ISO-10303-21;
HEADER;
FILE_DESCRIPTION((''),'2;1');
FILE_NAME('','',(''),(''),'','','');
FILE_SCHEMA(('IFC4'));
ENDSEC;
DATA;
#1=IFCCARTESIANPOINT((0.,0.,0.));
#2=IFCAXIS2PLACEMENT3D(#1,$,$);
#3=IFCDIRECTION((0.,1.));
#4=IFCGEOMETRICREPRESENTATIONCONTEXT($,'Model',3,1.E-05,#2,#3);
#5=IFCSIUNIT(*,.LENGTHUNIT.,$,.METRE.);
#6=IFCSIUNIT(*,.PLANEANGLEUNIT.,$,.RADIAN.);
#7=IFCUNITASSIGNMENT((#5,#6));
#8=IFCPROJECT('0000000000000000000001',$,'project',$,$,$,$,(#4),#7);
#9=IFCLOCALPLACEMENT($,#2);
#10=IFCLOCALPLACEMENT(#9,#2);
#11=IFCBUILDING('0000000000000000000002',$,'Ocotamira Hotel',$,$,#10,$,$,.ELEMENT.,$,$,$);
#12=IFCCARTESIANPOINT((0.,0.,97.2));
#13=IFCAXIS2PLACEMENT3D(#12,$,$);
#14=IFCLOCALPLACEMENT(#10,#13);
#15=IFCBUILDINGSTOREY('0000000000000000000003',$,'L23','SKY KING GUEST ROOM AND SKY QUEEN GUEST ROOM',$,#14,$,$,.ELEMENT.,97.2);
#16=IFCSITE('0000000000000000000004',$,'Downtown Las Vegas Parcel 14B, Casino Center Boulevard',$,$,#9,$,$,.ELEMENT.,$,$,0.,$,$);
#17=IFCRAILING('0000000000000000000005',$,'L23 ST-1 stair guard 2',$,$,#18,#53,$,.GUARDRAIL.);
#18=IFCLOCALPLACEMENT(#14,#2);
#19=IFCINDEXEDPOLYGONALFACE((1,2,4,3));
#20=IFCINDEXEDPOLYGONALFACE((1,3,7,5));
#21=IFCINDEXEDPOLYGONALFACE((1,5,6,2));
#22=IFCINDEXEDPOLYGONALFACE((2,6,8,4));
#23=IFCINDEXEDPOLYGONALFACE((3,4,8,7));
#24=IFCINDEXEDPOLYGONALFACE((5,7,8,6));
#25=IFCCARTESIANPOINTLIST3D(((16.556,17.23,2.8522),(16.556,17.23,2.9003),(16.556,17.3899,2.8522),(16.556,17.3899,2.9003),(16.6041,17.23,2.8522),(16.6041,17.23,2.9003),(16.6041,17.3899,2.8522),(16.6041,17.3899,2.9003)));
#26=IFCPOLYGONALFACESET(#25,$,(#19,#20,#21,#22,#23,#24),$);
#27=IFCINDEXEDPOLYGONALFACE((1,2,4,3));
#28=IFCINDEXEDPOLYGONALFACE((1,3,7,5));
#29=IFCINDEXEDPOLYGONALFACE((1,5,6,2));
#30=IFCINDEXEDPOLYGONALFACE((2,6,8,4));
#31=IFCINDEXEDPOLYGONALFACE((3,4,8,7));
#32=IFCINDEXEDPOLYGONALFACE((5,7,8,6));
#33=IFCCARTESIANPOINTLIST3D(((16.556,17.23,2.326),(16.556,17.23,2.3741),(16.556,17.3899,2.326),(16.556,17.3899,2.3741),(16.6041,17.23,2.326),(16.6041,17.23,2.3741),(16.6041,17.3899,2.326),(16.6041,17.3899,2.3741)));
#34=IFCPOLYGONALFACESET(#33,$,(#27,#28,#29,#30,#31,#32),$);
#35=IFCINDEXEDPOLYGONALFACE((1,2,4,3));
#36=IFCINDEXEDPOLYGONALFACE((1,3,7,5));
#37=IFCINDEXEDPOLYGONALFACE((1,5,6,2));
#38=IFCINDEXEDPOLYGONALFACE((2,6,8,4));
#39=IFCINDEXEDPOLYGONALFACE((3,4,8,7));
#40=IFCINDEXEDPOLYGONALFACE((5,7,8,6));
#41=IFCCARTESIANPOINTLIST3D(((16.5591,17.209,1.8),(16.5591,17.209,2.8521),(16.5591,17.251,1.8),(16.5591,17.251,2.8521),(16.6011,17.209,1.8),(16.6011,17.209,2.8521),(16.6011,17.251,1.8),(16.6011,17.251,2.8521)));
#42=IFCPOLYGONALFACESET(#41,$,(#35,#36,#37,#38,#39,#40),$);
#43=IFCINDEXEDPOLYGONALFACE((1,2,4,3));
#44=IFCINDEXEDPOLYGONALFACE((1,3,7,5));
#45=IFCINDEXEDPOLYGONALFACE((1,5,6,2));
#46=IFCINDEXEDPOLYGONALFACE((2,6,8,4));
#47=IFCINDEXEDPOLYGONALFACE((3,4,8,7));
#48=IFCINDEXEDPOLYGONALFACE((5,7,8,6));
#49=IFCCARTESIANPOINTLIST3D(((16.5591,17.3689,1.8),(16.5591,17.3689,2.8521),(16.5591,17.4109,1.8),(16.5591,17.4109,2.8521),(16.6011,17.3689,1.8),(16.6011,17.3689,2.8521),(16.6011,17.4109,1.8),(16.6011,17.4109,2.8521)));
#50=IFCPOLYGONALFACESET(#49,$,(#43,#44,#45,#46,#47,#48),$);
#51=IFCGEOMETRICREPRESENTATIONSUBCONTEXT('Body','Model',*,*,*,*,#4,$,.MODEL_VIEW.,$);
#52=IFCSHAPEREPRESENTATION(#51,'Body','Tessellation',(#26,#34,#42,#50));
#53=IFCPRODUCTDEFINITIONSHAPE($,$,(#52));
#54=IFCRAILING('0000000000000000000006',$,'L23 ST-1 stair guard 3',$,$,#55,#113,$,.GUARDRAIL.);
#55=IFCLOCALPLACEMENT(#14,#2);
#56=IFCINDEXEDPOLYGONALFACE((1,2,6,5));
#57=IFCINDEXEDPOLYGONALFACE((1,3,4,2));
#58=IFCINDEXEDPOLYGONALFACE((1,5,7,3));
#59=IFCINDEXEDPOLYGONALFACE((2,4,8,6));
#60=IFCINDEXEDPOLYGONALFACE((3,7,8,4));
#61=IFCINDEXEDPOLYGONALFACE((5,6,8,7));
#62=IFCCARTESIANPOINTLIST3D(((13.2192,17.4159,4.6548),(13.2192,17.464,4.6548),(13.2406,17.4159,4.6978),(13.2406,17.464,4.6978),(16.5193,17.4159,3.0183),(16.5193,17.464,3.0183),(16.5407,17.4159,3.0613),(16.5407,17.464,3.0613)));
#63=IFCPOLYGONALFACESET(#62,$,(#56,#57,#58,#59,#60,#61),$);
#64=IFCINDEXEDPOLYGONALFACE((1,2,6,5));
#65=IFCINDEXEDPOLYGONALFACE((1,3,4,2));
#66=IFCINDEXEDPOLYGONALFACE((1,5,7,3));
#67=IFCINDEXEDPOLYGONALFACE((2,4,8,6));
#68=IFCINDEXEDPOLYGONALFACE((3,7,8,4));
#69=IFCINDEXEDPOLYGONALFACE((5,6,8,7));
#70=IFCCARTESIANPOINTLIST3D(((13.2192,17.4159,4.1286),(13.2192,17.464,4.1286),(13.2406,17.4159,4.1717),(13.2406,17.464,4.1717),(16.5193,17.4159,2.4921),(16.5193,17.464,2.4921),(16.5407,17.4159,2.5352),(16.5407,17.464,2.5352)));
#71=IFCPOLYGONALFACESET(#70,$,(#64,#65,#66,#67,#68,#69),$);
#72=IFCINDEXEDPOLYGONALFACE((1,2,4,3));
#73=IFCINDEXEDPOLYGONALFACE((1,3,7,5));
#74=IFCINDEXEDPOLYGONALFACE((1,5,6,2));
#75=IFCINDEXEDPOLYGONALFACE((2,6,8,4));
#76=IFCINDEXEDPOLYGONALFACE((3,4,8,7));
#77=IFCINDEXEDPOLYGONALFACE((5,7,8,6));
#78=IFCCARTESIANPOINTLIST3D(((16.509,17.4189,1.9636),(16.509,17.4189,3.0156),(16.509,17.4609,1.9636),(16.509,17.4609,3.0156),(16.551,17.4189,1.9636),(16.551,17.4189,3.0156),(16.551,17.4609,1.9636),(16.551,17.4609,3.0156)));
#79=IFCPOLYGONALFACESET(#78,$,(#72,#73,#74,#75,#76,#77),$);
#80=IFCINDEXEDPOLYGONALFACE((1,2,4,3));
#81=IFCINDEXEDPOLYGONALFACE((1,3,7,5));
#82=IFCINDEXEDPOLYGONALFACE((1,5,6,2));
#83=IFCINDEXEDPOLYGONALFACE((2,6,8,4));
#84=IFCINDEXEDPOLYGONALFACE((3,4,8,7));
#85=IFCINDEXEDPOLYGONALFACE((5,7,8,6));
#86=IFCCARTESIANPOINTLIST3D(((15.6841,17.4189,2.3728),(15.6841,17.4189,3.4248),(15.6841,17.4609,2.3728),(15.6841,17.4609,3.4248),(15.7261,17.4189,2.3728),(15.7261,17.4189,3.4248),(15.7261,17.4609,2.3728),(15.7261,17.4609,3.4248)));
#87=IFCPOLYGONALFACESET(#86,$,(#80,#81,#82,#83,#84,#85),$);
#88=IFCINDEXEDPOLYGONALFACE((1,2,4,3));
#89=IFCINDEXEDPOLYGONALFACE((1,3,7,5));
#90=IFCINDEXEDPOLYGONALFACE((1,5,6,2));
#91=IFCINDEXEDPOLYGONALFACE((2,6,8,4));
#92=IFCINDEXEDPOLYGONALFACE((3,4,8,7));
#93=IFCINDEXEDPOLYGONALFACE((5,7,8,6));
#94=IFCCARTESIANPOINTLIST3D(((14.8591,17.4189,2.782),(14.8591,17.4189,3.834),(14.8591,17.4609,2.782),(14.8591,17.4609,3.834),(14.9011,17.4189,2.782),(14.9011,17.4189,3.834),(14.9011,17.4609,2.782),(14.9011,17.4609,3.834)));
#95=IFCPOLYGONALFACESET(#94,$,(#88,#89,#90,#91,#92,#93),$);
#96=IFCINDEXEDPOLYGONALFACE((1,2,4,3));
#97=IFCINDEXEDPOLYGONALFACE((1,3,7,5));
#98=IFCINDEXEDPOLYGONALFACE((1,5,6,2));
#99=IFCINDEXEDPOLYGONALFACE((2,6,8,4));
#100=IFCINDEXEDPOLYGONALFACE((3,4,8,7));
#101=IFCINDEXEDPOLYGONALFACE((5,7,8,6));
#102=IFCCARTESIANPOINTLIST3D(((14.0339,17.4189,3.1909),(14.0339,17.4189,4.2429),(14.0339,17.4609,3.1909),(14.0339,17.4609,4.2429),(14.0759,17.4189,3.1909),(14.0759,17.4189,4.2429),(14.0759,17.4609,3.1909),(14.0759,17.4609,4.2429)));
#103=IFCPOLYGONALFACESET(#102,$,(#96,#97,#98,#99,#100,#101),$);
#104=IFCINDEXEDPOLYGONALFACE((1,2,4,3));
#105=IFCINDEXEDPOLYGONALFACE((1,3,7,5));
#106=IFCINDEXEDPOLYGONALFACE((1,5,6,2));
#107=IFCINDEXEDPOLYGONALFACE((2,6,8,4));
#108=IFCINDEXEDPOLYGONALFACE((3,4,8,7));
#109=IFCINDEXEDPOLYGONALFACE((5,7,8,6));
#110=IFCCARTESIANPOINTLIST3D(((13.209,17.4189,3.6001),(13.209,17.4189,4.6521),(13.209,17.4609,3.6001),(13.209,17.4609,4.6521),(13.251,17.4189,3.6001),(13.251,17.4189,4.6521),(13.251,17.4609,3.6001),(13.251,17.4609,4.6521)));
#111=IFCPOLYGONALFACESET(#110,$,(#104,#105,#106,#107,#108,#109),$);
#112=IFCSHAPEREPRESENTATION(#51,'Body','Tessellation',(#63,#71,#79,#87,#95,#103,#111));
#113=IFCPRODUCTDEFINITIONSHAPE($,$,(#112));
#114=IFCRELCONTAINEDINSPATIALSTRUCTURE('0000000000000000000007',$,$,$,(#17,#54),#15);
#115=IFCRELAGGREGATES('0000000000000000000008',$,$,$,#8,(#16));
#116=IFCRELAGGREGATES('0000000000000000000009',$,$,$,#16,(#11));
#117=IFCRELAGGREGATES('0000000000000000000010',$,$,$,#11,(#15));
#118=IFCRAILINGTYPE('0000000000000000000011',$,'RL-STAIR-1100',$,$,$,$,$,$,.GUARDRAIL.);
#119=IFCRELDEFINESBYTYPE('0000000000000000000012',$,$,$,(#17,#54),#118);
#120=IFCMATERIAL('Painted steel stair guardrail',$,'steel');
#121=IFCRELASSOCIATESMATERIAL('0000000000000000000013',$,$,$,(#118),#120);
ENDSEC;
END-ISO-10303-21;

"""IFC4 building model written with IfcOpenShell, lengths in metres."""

from ifc_helpers import new_model, si_unit, direction, frame, origin, origin_2d, place, context, subcontext, project, spatial, rectangle, extrude, material, type_object, element, save


model = new_model("IFC4")

# Units and contexts
model_context = context("Model", 3, precision=1e-05, world=origin(), true_north=direction((0.0, 1.0)))
body_context = subcontext(model_context, "Body", "Model", "MODEL_VIEW")
ifc_project = project(units=[si_unit("LENGTHUNIT", "METRE"), si_unit("PLANEANGLEUNIT", "RADIAN")], contexts=[model_context])

# Site, building, storey
site_placement = place(None, origin())
site = spatial("IfcSite", under=ifc_project, at=site_placement, Name="Downtown Las Vegas Parcel 14B, Casino Center Boulevard", CompositionType="ELEMENT", RefElevation=0.0)
building_placement = place(site_placement, origin())
building = spatial("IfcBuilding", under=site, at=building_placement, Name="Ocotamira Hotel", CompositionType="ELEMENT")
storey_placement = place(building_placement, frame((0.0, 0.0, 97.2)))
storey = spatial("IfcBuildingStorey", under=building, at=storey_placement, Name="L23", Description="SKY KING GUEST ROOM AND SKY QUEEN GUEST ROOM", CompositionType="ELEMENT", Elevation=97.2)

# Railings
ifc_material_1 = material(Name="Painted steel stair guardrail", Category="steel")
railing_type_1 = type_object("IfcRailingType", Name="RL-STAIR-1100", PredefinedType="GUARDRAIL", material=ifc_material_1)
railing_1_placement = place(storey_placement, frame((16.5801, 17.23, 1.8)))
element("IfcRailing", 1, at=railing_1_placement, inside=storey, type_object=railing_type_1, Name="L23 ST-1 stair guard 2", PredefinedType="GUARDRAIL", context=body_context, shape_type="SweptSolid", body=[
    extrude(rectangle(XDim=0.0481, YDim=0.0481, at=origin_2d()), frame((0.0, 0.0, 1.0762), z_axis=(0.0, 1.0, 0.0), x_axis=(-1.0, 0.0, 0.0)), (0.0, 0.0, 1.0), 0.1599),
    extrude(rectangle(XDim=0.0481, YDim=0.0481, at=origin_2d()), frame((0.0, 0.0, 0.55), z_axis=(0.0, 1.0, 0.0), x_axis=(-1.0, 0.0, 0.0)), (0.0, 0.0, 1.0), 0.1599),
    extrude(rectangle(XDim=0.042, YDim=0.042, at=origin_2d()), origin(), (0.0, 0.0, 1.0), 1.052),
    extrude(rectangle(XDim=0.042, YDim=0.042, at=origin_2d()), frame((0.0, 0.1599, 0.0)), (0.0, 0.0, 1.0), 1.052),
])
railing_2_placement = place(storey_placement, frame((16.53, 17.4399, 1.9636)))
element("IfcRailing", 2, at=railing_2_placement, inside=storey, type_object=railing_type_1, Name="L23 ST-1 stair guard 3", PredefinedType="GUARDRAIL", context=body_context, shape_type="SweptSolid", body=[
    extrude(rectangle(XDim=0.0481, YDim=0.0481, at=origin_2d()), frame((0.0, 0.0, 1.0762), z_axis=(-0.895894, 0.0, 0.444268), x_axis=(0.0, -1.0, 0.0)), (0.0, 0.0, 1.0), 3.6836),
    extrude(rectangle(XDim=0.0481, YDim=0.0481, at=origin_2d()), frame((0.0, 0.0, 0.55), z_axis=(-0.895894, 0.0, 0.444268), x_axis=(0.0, -1.0, 0.0)), (0.0, 0.0, 1.0), 3.6836),
    extrude(rectangle(XDim=0.042, YDim=0.042, at=origin_2d()), origin(), (0.0, 0.0, 1.0), 1.052),
    extrude(rectangle(XDim=0.042, YDim=0.042, at=origin_2d()), frame((-0.825, 0.0, 0.4092)), (0.0, 0.0, 1.0), 1.052),
    extrude(rectangle(XDim=0.042, YDim=0.042, at=origin_2d()), frame((-1.6499, 0.0, 0.8184)), (0.0, 0.0, 1.0), 1.052),
    extrude(rectangle(XDim=0.042, YDim=0.042, at=origin_2d()), frame((-2.4751, 0.0, 1.2273)), (0.0, 0.0, 1.0), 1.052),
    extrude(rectangle(XDim=0.042, YDim=0.042, at=origin_2d()), frame((-3.3, 0.0, 1.6365)), (0.0, 0.0, 1.0), 1.052),
])

save(model, "model.ifc")
